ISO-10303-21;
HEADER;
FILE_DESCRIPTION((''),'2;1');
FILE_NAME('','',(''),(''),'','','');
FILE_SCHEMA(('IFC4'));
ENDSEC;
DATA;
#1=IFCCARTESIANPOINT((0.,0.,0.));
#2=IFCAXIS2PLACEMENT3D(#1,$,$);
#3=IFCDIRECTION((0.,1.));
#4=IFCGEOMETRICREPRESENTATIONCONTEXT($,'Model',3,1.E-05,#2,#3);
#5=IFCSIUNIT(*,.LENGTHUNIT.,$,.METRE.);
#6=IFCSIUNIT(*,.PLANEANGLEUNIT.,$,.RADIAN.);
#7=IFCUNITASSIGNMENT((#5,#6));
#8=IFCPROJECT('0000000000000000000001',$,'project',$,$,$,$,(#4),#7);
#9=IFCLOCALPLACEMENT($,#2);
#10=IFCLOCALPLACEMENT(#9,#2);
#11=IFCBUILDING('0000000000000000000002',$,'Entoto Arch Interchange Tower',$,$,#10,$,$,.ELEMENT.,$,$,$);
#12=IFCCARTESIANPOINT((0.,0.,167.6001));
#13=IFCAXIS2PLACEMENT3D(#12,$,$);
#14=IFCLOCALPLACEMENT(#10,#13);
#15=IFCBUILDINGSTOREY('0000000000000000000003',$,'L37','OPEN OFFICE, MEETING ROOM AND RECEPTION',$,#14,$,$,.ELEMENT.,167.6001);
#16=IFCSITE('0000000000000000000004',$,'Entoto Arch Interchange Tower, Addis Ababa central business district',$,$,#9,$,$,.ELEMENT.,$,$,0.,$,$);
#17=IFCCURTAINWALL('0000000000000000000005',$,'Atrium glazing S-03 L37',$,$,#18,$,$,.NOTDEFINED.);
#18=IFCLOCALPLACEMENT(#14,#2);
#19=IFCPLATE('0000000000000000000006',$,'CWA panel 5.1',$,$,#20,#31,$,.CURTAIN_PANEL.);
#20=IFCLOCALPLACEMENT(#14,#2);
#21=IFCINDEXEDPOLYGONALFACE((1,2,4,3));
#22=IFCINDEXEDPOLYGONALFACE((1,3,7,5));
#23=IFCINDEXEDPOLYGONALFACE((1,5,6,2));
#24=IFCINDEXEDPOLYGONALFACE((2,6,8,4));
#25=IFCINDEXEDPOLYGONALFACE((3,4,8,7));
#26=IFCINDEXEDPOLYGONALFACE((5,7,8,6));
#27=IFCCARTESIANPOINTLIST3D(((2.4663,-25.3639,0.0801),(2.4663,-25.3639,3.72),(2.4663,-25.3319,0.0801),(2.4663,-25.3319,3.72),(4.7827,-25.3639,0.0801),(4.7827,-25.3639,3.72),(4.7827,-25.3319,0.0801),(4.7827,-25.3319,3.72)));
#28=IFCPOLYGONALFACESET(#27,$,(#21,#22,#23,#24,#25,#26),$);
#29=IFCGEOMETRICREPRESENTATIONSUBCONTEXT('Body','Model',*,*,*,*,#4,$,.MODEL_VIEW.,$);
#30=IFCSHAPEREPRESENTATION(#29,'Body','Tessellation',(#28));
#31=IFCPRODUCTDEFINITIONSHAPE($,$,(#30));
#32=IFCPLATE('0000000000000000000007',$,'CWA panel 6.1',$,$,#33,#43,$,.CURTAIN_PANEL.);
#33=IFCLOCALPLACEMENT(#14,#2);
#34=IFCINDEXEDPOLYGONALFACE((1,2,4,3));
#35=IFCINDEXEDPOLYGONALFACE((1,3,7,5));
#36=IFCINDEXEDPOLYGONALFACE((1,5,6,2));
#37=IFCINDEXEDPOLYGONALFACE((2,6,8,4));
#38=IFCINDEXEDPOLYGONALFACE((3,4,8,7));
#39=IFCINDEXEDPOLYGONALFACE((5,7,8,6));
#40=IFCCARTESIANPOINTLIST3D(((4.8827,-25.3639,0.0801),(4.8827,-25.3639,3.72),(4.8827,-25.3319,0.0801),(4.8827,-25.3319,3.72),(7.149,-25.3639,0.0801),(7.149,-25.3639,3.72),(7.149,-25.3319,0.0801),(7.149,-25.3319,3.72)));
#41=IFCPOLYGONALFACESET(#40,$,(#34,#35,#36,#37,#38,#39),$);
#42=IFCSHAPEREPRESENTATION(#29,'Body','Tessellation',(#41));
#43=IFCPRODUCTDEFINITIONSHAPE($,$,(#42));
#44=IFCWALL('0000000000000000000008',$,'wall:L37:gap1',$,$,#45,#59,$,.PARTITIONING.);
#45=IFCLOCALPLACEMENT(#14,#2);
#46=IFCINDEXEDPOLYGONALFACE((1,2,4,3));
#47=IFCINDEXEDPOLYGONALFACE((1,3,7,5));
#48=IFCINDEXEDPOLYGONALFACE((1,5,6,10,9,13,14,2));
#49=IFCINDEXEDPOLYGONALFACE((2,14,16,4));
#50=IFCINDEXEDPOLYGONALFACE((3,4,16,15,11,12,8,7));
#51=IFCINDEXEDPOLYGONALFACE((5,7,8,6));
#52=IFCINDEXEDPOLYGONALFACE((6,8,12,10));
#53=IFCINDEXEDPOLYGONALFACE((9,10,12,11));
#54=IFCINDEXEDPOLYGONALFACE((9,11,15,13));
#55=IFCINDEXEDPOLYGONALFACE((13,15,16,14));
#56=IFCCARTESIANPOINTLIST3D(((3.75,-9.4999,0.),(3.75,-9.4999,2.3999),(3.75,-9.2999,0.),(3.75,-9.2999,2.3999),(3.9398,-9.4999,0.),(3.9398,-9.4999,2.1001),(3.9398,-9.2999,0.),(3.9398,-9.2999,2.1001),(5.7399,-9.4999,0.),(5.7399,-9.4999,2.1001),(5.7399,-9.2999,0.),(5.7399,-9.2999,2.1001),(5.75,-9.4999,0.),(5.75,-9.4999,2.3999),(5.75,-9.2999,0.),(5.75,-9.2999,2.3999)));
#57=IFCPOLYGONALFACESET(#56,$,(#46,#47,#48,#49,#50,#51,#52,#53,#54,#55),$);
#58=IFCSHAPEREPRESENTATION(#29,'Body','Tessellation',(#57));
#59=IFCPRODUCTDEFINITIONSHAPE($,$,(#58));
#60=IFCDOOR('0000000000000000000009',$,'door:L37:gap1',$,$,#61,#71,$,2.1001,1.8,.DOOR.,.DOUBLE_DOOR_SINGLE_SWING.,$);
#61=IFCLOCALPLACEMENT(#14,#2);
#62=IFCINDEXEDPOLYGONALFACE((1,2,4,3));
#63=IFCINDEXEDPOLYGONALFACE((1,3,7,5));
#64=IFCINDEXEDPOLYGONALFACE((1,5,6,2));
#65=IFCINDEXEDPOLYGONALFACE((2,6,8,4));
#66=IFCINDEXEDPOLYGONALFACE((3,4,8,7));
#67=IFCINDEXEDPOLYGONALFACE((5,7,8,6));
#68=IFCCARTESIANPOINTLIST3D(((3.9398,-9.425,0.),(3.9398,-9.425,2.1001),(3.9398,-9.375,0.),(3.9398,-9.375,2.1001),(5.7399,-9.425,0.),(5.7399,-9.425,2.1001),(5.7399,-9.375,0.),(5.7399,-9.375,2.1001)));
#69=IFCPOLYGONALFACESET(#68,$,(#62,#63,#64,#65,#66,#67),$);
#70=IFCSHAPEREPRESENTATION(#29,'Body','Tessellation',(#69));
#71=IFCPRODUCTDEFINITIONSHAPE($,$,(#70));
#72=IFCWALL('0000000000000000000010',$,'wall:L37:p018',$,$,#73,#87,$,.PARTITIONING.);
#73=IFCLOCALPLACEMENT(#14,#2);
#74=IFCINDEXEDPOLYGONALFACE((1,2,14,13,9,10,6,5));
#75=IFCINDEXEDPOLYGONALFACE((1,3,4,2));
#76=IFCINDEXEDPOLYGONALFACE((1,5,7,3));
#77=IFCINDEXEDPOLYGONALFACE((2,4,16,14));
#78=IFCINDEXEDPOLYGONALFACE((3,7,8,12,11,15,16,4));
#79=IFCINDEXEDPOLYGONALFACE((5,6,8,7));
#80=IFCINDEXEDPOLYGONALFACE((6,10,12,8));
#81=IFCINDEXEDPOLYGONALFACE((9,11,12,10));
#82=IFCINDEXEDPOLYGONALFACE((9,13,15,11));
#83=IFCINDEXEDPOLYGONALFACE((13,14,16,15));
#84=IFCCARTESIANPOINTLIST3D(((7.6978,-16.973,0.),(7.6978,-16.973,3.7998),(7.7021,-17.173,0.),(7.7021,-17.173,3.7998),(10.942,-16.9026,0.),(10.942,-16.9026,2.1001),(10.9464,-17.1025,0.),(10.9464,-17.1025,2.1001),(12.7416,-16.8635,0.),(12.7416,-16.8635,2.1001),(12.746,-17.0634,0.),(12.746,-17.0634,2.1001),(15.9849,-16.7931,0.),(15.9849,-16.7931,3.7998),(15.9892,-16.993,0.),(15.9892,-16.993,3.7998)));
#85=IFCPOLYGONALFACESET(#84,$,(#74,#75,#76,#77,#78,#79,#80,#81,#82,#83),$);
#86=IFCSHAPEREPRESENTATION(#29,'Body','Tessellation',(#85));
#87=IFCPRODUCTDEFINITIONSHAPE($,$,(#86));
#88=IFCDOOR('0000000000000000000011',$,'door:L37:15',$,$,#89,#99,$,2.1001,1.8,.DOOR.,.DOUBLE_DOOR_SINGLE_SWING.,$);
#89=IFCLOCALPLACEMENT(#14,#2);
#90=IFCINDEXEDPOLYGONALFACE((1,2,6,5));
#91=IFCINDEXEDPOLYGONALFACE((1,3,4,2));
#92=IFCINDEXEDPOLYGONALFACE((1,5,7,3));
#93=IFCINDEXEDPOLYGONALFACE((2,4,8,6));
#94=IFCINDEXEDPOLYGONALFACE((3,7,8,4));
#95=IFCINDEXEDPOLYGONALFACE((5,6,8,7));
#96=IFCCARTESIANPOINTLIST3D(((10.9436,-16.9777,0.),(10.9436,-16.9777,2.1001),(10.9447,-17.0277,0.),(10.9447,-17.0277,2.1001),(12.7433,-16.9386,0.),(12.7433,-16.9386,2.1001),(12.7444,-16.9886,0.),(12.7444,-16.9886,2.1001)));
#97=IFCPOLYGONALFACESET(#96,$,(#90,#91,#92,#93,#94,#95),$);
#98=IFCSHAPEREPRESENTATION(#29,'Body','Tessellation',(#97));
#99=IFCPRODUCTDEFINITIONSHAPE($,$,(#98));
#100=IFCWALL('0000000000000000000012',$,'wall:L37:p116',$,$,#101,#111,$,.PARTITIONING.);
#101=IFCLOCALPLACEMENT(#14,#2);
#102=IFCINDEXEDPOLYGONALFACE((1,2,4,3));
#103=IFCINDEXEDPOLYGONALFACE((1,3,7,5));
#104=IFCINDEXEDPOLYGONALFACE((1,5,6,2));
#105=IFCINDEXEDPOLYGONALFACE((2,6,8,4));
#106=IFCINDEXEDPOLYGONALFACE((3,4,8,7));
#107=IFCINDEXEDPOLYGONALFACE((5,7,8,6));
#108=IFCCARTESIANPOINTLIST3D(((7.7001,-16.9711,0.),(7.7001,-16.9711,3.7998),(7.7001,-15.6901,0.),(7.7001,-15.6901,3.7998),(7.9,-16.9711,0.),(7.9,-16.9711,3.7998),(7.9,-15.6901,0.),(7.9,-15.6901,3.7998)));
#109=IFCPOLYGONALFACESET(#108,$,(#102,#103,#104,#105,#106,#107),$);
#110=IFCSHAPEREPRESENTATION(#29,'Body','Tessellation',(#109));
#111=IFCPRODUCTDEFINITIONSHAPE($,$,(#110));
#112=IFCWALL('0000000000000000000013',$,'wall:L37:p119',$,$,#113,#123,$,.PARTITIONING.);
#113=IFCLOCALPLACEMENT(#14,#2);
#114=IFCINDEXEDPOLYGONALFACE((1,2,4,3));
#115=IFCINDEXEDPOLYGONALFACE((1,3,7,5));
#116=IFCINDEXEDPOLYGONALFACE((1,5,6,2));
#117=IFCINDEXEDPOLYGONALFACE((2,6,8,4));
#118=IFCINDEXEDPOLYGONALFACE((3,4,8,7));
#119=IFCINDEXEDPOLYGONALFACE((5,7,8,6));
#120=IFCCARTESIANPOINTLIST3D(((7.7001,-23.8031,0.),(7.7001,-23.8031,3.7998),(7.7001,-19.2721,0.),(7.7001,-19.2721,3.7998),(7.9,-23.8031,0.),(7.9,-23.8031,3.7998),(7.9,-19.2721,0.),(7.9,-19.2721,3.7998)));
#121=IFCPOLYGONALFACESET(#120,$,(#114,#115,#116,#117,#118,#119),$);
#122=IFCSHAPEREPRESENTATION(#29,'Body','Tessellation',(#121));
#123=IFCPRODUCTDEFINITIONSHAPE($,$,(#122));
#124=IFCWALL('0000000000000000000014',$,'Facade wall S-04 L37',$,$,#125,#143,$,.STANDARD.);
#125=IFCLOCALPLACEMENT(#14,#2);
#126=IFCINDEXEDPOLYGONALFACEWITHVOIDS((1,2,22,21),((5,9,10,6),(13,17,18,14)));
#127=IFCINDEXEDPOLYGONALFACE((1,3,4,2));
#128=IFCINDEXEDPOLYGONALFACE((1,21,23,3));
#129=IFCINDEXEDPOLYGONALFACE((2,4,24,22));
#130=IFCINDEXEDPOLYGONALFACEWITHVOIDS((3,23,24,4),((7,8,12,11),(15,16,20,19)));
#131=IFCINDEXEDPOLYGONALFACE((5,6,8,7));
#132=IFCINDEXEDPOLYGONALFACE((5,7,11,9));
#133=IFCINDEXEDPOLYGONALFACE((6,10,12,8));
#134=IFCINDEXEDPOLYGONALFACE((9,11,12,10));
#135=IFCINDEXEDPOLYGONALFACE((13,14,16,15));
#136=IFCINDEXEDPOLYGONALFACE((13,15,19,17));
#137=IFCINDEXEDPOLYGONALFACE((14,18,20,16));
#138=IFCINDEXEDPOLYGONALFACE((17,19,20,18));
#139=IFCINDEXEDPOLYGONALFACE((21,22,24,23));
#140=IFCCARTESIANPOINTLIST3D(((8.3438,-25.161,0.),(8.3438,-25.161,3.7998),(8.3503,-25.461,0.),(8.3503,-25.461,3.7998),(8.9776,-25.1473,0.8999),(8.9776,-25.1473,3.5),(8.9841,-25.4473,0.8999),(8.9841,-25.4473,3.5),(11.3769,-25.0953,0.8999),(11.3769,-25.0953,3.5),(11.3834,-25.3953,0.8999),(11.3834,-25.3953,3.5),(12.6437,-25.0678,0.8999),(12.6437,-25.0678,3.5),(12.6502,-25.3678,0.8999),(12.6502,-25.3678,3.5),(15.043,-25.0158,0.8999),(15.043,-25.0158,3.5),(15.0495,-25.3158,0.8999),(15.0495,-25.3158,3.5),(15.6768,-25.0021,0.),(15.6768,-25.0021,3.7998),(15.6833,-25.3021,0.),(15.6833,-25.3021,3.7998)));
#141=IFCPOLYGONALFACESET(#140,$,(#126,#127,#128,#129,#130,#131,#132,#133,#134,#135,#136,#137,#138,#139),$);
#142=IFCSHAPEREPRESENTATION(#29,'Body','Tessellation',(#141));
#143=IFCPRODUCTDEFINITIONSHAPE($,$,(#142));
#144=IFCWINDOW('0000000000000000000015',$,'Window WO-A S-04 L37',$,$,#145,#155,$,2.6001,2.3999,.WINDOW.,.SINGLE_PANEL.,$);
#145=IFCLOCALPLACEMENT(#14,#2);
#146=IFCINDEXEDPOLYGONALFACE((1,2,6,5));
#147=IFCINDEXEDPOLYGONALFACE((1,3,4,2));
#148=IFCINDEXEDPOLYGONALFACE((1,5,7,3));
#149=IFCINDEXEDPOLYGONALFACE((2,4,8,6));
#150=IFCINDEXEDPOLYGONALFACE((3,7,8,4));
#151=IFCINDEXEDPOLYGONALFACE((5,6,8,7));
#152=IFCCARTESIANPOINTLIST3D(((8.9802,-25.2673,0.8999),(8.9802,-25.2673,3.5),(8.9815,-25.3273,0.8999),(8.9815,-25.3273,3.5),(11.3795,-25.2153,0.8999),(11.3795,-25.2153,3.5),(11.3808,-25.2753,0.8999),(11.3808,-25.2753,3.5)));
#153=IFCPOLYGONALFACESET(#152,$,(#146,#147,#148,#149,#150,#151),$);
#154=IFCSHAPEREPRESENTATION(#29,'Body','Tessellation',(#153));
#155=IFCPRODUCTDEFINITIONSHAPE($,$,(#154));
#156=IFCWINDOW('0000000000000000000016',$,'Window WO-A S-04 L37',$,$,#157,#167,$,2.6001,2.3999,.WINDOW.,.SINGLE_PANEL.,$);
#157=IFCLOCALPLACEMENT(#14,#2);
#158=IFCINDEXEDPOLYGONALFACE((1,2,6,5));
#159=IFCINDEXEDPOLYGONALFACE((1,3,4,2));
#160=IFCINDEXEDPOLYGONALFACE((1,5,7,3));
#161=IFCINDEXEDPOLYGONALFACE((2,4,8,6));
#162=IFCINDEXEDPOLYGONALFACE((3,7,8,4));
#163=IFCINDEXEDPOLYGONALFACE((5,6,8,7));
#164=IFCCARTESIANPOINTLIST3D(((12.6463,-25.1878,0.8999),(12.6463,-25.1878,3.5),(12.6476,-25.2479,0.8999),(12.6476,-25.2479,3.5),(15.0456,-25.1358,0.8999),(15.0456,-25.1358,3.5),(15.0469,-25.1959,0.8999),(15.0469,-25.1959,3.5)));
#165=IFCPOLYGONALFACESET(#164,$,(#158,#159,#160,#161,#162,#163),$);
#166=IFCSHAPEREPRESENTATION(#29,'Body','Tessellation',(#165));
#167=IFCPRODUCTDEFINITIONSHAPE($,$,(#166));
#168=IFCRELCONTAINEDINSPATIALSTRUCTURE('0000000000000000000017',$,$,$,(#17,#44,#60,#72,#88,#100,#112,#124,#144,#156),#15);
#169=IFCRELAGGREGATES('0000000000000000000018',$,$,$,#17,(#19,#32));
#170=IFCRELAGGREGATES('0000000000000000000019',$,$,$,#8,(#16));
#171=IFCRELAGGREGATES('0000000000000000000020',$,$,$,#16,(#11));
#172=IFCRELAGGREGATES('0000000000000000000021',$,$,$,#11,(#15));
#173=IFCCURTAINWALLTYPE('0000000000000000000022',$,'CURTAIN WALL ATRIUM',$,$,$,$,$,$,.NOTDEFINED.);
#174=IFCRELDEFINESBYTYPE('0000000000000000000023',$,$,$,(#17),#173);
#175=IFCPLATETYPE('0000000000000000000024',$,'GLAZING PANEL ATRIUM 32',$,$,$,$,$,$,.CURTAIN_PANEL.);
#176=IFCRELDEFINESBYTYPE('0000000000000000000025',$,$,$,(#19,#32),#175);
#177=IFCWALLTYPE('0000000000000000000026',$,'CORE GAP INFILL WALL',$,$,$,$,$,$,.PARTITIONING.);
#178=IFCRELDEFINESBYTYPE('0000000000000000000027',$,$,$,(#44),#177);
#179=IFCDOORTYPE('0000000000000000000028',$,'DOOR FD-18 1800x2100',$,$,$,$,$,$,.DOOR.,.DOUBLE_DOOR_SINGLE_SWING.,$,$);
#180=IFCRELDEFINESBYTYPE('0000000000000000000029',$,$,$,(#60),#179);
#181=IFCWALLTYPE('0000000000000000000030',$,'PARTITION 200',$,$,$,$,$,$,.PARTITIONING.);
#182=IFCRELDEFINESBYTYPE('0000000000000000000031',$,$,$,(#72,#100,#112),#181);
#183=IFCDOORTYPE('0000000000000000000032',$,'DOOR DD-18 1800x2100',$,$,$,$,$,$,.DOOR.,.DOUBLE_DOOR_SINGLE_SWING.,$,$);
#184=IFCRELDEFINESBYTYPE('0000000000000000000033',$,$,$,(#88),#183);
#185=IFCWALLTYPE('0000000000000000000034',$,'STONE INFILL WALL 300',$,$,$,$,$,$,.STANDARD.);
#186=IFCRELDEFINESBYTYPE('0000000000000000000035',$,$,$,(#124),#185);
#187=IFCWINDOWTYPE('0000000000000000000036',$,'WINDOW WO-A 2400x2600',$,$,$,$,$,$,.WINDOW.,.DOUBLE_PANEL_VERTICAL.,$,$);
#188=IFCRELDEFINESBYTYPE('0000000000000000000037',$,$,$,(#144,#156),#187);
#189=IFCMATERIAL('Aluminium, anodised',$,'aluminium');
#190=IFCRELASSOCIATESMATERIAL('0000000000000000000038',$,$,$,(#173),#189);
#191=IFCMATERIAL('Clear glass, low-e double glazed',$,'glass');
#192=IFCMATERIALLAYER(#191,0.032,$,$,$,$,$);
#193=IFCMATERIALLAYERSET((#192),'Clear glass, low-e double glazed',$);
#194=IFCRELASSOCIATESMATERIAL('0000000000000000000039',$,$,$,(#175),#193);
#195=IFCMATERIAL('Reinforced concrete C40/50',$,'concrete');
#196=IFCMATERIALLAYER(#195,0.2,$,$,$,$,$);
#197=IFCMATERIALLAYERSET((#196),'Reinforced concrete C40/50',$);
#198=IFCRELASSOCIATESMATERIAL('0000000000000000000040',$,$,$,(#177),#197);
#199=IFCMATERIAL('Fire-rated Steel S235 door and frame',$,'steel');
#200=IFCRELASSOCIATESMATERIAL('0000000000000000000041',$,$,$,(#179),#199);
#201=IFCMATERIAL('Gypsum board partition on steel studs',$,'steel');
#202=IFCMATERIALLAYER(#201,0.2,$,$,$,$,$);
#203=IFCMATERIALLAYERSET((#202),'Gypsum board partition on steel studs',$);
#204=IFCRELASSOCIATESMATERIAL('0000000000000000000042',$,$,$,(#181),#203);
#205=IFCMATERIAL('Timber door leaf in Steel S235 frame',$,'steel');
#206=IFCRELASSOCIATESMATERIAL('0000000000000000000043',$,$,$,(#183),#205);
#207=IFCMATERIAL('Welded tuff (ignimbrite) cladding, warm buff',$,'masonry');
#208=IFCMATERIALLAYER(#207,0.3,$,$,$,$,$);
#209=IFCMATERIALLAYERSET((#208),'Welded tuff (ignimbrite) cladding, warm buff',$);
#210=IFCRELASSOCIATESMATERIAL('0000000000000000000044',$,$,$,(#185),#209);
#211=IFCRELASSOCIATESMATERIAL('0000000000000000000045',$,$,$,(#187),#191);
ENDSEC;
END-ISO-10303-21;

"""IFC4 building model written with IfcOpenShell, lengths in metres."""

from ifc_helpers import new_model, si_unit, direction, frame, frame_2d, origin, origin_2d, place, context, subcontext, project, spatial, rectangle, extrude, material, layer, layer_set, type_object, element, fill, aggregate, save


model = new_model("IFC4")

# Units and contexts
model_context = context("Model", 3, precision=1e-05, world=origin(), true_north=direction((0.0, 1.0)))
body_context = subcontext(model_context, "Body", "Model", "MODEL_VIEW")
ifc_project = project(units=[si_unit("LENGTHUNIT", "METRE"), si_unit("PLANEANGLEUNIT", "RADIAN")], contexts=[model_context])

# Site, building, storey
site_placement = place(None, origin())
site = spatial("IfcSite", under=ifc_project, at=site_placement, Name="Entoto Arch Interchange Tower, Addis Ababa central business district", CompositionType="ELEMENT", RefElevation=0.0)
building_placement = place(site_placement, origin())
building = spatial("IfcBuilding", under=site, at=building_placement, Name="Entoto Arch Interchange Tower", CompositionType="ELEMENT")
storey_placement = place(building_placement, frame((0.0, 0.0, 167.6001)))
storey = spatial("IfcBuildingStorey", under=building, at=storey_placement, Name="L37", Description="OPEN OFFICE, MEETING ROOM AND RECEPTION", CompositionType="ELEMENT", Elevation=167.6001)

# Curtain wall, plates
ifc_material_1 = material(Name="Aluminium, anodised", Category="aluminium")
curtain_wall_type = type_object("IfcCurtainWallType", Name="CURTAIN WALL ATRIUM", PredefinedType="NOTDEFINED", material=ifc_material_1)
curtain_wall_placement = place(storey_placement, origin())
curtain_wall = element("IfcCurtainWall", 1, at=curtain_wall_placement, inside=storey, type_object=curtain_wall_type, Name="Atrium glazing S-03 L37", PredefinedType="NOTDEFINED")
ifc_material_2 = material(Name="Clear glass, low-e double glazed", Category="glass")
ifc_layer_1 = layer(ifc_material_2, 0.032)
ifc_layer_set_1 = layer_set([ifc_layer_1], Name="Clear glass, low-e double glazed")
plate_type = type_object("IfcPlateType", Name="GLAZING PANEL ATRIUM 32", PredefinedType="CURTAIN_PANEL", material=ifc_layer_set_1)
plate_1_placement = place(storey_placement, frame((3.6245, -25.3479, 0.0801), z_axis=(0.0, 0.0, 1.0), x_axis=(1.0, 0.0, 0.0)))
plate_1 = element("IfcPlate", 2, at=plate_1_placement, type_object=plate_type, Name="CWA panel 5.1", PredefinedType="CURTAIN_PANEL", context=body_context, shape_type="SweptSolid", body=[
    extrude(rectangle(XDim=2.3164, YDim=0.032, at=origin_2d()), origin(), (0.0, 0.0, 1.0), 3.6399),
])
plate_2_placement = place(storey_placement, frame((6.0159, -25.3479, 0.0801), z_axis=(0.0, 0.0, 1.0), x_axis=(1.0, 0.0, 0.0)))
plate_2 = element("IfcPlate", 3, at=plate_2_placement, type_object=plate_type, Name="CWA panel 6.1", PredefinedType="CURTAIN_PANEL", context=body_context, shape_type="SweptSolid", body=[
    extrude(rectangle(XDim=2.2664, YDim=0.032, at=origin_2d()), origin(), (0.0, 0.0, 1.0), 3.6399),
])
aggregate(curtain_wall, [plate_1, plate_2])

# Walls, openings, doors
ifc_material_3 = material(Name="Reinforced concrete C40/50", Category="concrete")
ifc_layer_2 = layer(ifc_material_3, 0.2)
ifc_layer_set_2 = layer_set([ifc_layer_2], Name="Reinforced concrete C40/50")
wall_type_1 = type_object("IfcWallType", Name="CORE GAP INFILL WALL", PredefinedType="PARTITIONING", material=ifc_layer_set_2)
wall_1_placement = place(storey_placement, frame((3.75, -9.3999, 0.0), z_axis=(0.0, 0.0, 1.0), x_axis=(1.0, 0.0, 0.0)))
wall_1 = element("IfcWall", 4, at=wall_1_placement, inside=storey, type_object=wall_type_1, Name="wall:L37:gap1", PredefinedType="PARTITIONING", context=body_context, shape_type="SweptSolid", body=[
    extrude(rectangle(XDim=2.0, YDim=0.2, at=frame_2d((1.0, 0.0))), origin(), (0.0, 0.0, 1.0), 2.3999),
])
opening_1_placement = place(wall_1_placement, frame((0.1899, 0.0, 0.0)))
opening_1 = element("IfcOpeningElement", 5, at=opening_1_placement, cuts=wall_1, PredefinedType="OPENING", context=body_context, shape_type="SweptSolid", body=[
    extrude(rectangle(XDim=1.8, YDim=2.1001, at=frame_2d((0.8999, 1.05))), frame((0.0, 0.1099, 0.0), z_axis=(0.0, -1.0, 0.0), x_axis=(1.0, 0.0, 0.0)), (0.0, 0.0, 1.0), 0.22),
])
ifc_material_4 = material(Name="Fire-rated Steel S235 door and frame", Category="steel")
door_type_1 = type_object("IfcDoorType", Name="DOOR FD-18 1800x2100", OperationType="DOUBLE_DOOR_SINGLE_SWING", PredefinedType="DOOR", material=ifc_material_4)
door_1_placement = place(opening_1_placement, origin())
door_1 = element("IfcDoor", 6, at=door_1_placement, inside=storey, type_object=door_type_1, Name="door:L37:gap1", OperationType="DOUBLE_DOOR_SINGLE_SWING", OverallHeight=2.1001, OverallWidth=1.8, PredefinedType="DOOR", context=body_context, shape_type="SweptSolid", body=[
    extrude(rectangle(XDim=1.8, YDim=2.1001, at=frame_2d((0.8999, 1.05))), frame((0.0, 0.0249, 0.0), z_axis=(0.0, -1.0, 0.0), x_axis=(1.0, 0.0, 0.0)), (0.0, 0.0, 1.0), 0.05),
])
fill(opening_1, door_1)
ifc_material_5 = material(Name="Gypsum board partition on steel studs", Category="steel")
ifc_layer_3 = layer(ifc_material_5, 0.2)
ifc_layer_set_3 = layer_set([ifc_layer_3], Name="Gypsum board partition on steel studs")
wall_type_2 = type_object("IfcWallType", Name="PARTITION 200", PredefinedType="PARTITIONING", material=ifc_layer_set_3)
wall_2_placement = place(storey_placement, frame((7.7, -17.073, 0.0), z_axis=(0.0, 0.0, 1.0), x_axis=(0.999764, 0.021707, 0.0)))
wall_2 = element("IfcWall", 7, at=wall_2_placement, inside=storey, type_object=wall_type_2, Name="wall:L37:p018", PredefinedType="PARTITIONING", context=body_context, shape_type="SweptSolid", body=[
    extrude(rectangle(XDim=8.2891, YDim=0.2, at=frame_2d((4.1445, 0.0))), origin(), (0.0, 0.0, 1.0), 3.7998),
])
opening_2_placement = place(wall_2_placement, frame((3.2451, 0.0, 0.0)))
opening_2 = element("IfcOpeningElement", 8, at=opening_2_placement, cuts=wall_2, PredefinedType="OPENING", context=body_context, shape_type="SweptSolid", body=[
    extrude(rectangle(XDim=1.8, YDim=2.1001, at=frame_2d((0.8999, 1.05))), frame((0.0, 0.1099, 0.0), z_axis=(0.0, -1.0, 0.0), x_axis=(1.0, 0.0, 0.0)), (0.0, 0.0, 1.0), 0.22),
])
ifc_material_6 = material(Name="Timber door leaf in Steel S235 frame", Category="steel")
door_type_2 = type_object("IfcDoorType", Name="DOOR DD-18 1800x2100", OperationType="DOUBLE_DOOR_SINGLE_SWING", PredefinedType="DOOR", material=ifc_material_6)
door_2_placement = place(opening_2_placement, origin())
door_2 = element("IfcDoor", 9, at=door_2_placement, inside=storey, type_object=door_type_2, Name="door:L37:15", OperationType="DOUBLE_DOOR_SINGLE_SWING", OverallHeight=2.1001, OverallWidth=1.8, PredefinedType="DOOR", context=body_context, shape_type="SweptSolid", body=[
    extrude(rectangle(XDim=1.8, YDim=2.1001, at=frame_2d((0.8999, 1.05))), frame((0.0, 0.0249, 0.0), z_axis=(0.0, -1.0, 0.0), x_axis=(1.0, 0.0, 0.0)), (0.0, 0.0, 1.0), 0.05),
])
fill(opening_2, door_2)

# Walls
wall_3_placement = place(storey_placement, frame((7.8, -15.6899, 0.0), z_axis=(0.0, 0.0, 1.0), x_axis=(0.0, -1.0, 0.0)))
element("IfcWall", 10, at=wall_3_placement, inside=storey, type_object=wall_type_2, Name="wall:L37:p116", PredefinedType="PARTITIONING", context=body_context, shape_type="SweptSolid", body=[
    extrude(rectangle(XDim=1.281, YDim=0.2, at=frame_2d((0.6406, 0.0))), origin(), (0.0, 0.0, 1.0), 3.7998),
])
wall_4_placement = place(storey_placement, frame((7.8, -19.272, 0.0), z_axis=(0.0, 0.0, 1.0), x_axis=(0.0, -1.0, 0.0)))
element("IfcWall", 11, at=wall_4_placement, inside=storey, type_object=wall_type_2, Name="wall:L37:p119", PredefinedType="PARTITIONING", context=body_context, shape_type="SweptSolid", body=[
    extrude(rectangle(XDim=4.531, YDim=0.2, at=frame_2d((2.2656, 0.0))), origin(), (0.0, 0.0, 1.0), 3.7998),
])

# Wall, openings, windows
ifc_material_7 = material(Name="Welded tuff (ignimbrite) cladding, warm buff", Category="masonry")
ifc_layer_4 = layer(ifc_material_7, 0.3)
ifc_layer_set_4 = layer_set([ifc_layer_4], Name="Welded tuff (ignimbrite) cladding, warm buff")
wall_type_3 = type_object("IfcWallType", Name="STONE INFILL WALL 300", PredefinedType="STANDARD", material=ifc_layer_set_4)
wall_5_placement = place(storey_placement, frame((8.3469, -25.311, 0.0), z_axis=(0.0, 0.0, 1.0), x_axis=(0.999765, 0.021669, 0.0)))
wall_5 = element("IfcWall", 12, at=wall_5_placement, inside=storey, type_object=wall_type_3, Name="Facade wall S-04 L37", PredefinedType="STANDARD", context=body_context, shape_type="SweptSolid", body=[
    extrude(rectangle(XDim=7.3347, YDim=0.3, at=frame_2d((3.6675, 0.0))), origin(), (0.0, 0.0, 1.0), 3.7998),
])
opening_3_placement = place(wall_5_placement, frame((0.634, 0.0, 0.8999)))
opening_3 = element("IfcOpeningElement", 13, at=opening_3_placement, cuts=wall_5, PredefinedType="OPENING", context=body_context, shape_type="SweptSolid", body=[
    extrude(rectangle(XDim=2.3999, YDim=2.6001, at=frame_2d((1.2, 1.3))), frame((0.0, 0.1602, 0.0), z_axis=(0.0, -1.0, 0.0), x_axis=(1.0, 0.0, 0.0)), (0.0, 0.0, 1.0), 0.3201),
])
opening_4_placement = place(wall_5_placement, frame((4.301, 0.0, 0.8999)))
opening_4 = element("IfcOpeningElement", 14, at=opening_4_placement, cuts=wall_5, PredefinedType="OPENING", context=body_context, shape_type="SweptSolid", body=[
    extrude(rectangle(XDim=2.3999, YDim=2.6001, at=frame_2d((1.2, 1.3))), frame((0.0, 0.1602, 0.0), z_axis=(0.0, -1.0, 0.0), x_axis=(1.0, 0.0, 0.0)), (0.0, 0.0, 1.0), 0.3201),
])
window_type = type_object("IfcWindowType", Name="WINDOW WO-A 2400x2600", PartitioningType="DOUBLE_PANEL_VERTICAL", PredefinedType="WINDOW", material=ifc_material_2)
window_1_placement = place(opening_3_placement, origin())
window_1 = element("IfcWindow", 15, at=window_1_placement, inside=storey, type_object=window_type, Name="Window WO-A S-04 L37", OverallHeight=2.6001, OverallWidth=2.3999, PartitioningType="SINGLE_PANEL", PredefinedType="WINDOW", context=body_context, shape_type="SweptSolid", body=[
    extrude(rectangle(XDim=2.3999, YDim=2.6001, at=frame_2d((1.2, 1.3))), frame((0.0, 0.03, 0.0), z_axis=(0.0, -1.0, 0.0), x_axis=(1.0, 0.0, 0.0)), (0.0, 0.0, 1.0), 0.0601),
])
fill(opening_3, window_1)
window_2_placement = place(opening_4_placement, origin())
window_2 = element("IfcWindow", 16, at=window_2_placement, inside=storey, type_object=window_type, Name="Window WO-A S-04 L37", OverallHeight=2.6001, OverallWidth=2.3999, PartitioningType="SINGLE_PANEL", PredefinedType="WINDOW", context=body_context, shape_type="SweptSolid", body=[
    extrude(rectangle(XDim=2.3999, YDim=2.6001, at=frame_2d((1.2, 1.3))), frame((0.0, 0.03, 0.0), z_axis=(0.0, -1.0, 0.0), x_axis=(1.0, 0.0, 0.0)), (0.0, 0.0, 1.0), 0.0601),
])
fill(opening_4, window_2)

save(model, "model.ifc")
